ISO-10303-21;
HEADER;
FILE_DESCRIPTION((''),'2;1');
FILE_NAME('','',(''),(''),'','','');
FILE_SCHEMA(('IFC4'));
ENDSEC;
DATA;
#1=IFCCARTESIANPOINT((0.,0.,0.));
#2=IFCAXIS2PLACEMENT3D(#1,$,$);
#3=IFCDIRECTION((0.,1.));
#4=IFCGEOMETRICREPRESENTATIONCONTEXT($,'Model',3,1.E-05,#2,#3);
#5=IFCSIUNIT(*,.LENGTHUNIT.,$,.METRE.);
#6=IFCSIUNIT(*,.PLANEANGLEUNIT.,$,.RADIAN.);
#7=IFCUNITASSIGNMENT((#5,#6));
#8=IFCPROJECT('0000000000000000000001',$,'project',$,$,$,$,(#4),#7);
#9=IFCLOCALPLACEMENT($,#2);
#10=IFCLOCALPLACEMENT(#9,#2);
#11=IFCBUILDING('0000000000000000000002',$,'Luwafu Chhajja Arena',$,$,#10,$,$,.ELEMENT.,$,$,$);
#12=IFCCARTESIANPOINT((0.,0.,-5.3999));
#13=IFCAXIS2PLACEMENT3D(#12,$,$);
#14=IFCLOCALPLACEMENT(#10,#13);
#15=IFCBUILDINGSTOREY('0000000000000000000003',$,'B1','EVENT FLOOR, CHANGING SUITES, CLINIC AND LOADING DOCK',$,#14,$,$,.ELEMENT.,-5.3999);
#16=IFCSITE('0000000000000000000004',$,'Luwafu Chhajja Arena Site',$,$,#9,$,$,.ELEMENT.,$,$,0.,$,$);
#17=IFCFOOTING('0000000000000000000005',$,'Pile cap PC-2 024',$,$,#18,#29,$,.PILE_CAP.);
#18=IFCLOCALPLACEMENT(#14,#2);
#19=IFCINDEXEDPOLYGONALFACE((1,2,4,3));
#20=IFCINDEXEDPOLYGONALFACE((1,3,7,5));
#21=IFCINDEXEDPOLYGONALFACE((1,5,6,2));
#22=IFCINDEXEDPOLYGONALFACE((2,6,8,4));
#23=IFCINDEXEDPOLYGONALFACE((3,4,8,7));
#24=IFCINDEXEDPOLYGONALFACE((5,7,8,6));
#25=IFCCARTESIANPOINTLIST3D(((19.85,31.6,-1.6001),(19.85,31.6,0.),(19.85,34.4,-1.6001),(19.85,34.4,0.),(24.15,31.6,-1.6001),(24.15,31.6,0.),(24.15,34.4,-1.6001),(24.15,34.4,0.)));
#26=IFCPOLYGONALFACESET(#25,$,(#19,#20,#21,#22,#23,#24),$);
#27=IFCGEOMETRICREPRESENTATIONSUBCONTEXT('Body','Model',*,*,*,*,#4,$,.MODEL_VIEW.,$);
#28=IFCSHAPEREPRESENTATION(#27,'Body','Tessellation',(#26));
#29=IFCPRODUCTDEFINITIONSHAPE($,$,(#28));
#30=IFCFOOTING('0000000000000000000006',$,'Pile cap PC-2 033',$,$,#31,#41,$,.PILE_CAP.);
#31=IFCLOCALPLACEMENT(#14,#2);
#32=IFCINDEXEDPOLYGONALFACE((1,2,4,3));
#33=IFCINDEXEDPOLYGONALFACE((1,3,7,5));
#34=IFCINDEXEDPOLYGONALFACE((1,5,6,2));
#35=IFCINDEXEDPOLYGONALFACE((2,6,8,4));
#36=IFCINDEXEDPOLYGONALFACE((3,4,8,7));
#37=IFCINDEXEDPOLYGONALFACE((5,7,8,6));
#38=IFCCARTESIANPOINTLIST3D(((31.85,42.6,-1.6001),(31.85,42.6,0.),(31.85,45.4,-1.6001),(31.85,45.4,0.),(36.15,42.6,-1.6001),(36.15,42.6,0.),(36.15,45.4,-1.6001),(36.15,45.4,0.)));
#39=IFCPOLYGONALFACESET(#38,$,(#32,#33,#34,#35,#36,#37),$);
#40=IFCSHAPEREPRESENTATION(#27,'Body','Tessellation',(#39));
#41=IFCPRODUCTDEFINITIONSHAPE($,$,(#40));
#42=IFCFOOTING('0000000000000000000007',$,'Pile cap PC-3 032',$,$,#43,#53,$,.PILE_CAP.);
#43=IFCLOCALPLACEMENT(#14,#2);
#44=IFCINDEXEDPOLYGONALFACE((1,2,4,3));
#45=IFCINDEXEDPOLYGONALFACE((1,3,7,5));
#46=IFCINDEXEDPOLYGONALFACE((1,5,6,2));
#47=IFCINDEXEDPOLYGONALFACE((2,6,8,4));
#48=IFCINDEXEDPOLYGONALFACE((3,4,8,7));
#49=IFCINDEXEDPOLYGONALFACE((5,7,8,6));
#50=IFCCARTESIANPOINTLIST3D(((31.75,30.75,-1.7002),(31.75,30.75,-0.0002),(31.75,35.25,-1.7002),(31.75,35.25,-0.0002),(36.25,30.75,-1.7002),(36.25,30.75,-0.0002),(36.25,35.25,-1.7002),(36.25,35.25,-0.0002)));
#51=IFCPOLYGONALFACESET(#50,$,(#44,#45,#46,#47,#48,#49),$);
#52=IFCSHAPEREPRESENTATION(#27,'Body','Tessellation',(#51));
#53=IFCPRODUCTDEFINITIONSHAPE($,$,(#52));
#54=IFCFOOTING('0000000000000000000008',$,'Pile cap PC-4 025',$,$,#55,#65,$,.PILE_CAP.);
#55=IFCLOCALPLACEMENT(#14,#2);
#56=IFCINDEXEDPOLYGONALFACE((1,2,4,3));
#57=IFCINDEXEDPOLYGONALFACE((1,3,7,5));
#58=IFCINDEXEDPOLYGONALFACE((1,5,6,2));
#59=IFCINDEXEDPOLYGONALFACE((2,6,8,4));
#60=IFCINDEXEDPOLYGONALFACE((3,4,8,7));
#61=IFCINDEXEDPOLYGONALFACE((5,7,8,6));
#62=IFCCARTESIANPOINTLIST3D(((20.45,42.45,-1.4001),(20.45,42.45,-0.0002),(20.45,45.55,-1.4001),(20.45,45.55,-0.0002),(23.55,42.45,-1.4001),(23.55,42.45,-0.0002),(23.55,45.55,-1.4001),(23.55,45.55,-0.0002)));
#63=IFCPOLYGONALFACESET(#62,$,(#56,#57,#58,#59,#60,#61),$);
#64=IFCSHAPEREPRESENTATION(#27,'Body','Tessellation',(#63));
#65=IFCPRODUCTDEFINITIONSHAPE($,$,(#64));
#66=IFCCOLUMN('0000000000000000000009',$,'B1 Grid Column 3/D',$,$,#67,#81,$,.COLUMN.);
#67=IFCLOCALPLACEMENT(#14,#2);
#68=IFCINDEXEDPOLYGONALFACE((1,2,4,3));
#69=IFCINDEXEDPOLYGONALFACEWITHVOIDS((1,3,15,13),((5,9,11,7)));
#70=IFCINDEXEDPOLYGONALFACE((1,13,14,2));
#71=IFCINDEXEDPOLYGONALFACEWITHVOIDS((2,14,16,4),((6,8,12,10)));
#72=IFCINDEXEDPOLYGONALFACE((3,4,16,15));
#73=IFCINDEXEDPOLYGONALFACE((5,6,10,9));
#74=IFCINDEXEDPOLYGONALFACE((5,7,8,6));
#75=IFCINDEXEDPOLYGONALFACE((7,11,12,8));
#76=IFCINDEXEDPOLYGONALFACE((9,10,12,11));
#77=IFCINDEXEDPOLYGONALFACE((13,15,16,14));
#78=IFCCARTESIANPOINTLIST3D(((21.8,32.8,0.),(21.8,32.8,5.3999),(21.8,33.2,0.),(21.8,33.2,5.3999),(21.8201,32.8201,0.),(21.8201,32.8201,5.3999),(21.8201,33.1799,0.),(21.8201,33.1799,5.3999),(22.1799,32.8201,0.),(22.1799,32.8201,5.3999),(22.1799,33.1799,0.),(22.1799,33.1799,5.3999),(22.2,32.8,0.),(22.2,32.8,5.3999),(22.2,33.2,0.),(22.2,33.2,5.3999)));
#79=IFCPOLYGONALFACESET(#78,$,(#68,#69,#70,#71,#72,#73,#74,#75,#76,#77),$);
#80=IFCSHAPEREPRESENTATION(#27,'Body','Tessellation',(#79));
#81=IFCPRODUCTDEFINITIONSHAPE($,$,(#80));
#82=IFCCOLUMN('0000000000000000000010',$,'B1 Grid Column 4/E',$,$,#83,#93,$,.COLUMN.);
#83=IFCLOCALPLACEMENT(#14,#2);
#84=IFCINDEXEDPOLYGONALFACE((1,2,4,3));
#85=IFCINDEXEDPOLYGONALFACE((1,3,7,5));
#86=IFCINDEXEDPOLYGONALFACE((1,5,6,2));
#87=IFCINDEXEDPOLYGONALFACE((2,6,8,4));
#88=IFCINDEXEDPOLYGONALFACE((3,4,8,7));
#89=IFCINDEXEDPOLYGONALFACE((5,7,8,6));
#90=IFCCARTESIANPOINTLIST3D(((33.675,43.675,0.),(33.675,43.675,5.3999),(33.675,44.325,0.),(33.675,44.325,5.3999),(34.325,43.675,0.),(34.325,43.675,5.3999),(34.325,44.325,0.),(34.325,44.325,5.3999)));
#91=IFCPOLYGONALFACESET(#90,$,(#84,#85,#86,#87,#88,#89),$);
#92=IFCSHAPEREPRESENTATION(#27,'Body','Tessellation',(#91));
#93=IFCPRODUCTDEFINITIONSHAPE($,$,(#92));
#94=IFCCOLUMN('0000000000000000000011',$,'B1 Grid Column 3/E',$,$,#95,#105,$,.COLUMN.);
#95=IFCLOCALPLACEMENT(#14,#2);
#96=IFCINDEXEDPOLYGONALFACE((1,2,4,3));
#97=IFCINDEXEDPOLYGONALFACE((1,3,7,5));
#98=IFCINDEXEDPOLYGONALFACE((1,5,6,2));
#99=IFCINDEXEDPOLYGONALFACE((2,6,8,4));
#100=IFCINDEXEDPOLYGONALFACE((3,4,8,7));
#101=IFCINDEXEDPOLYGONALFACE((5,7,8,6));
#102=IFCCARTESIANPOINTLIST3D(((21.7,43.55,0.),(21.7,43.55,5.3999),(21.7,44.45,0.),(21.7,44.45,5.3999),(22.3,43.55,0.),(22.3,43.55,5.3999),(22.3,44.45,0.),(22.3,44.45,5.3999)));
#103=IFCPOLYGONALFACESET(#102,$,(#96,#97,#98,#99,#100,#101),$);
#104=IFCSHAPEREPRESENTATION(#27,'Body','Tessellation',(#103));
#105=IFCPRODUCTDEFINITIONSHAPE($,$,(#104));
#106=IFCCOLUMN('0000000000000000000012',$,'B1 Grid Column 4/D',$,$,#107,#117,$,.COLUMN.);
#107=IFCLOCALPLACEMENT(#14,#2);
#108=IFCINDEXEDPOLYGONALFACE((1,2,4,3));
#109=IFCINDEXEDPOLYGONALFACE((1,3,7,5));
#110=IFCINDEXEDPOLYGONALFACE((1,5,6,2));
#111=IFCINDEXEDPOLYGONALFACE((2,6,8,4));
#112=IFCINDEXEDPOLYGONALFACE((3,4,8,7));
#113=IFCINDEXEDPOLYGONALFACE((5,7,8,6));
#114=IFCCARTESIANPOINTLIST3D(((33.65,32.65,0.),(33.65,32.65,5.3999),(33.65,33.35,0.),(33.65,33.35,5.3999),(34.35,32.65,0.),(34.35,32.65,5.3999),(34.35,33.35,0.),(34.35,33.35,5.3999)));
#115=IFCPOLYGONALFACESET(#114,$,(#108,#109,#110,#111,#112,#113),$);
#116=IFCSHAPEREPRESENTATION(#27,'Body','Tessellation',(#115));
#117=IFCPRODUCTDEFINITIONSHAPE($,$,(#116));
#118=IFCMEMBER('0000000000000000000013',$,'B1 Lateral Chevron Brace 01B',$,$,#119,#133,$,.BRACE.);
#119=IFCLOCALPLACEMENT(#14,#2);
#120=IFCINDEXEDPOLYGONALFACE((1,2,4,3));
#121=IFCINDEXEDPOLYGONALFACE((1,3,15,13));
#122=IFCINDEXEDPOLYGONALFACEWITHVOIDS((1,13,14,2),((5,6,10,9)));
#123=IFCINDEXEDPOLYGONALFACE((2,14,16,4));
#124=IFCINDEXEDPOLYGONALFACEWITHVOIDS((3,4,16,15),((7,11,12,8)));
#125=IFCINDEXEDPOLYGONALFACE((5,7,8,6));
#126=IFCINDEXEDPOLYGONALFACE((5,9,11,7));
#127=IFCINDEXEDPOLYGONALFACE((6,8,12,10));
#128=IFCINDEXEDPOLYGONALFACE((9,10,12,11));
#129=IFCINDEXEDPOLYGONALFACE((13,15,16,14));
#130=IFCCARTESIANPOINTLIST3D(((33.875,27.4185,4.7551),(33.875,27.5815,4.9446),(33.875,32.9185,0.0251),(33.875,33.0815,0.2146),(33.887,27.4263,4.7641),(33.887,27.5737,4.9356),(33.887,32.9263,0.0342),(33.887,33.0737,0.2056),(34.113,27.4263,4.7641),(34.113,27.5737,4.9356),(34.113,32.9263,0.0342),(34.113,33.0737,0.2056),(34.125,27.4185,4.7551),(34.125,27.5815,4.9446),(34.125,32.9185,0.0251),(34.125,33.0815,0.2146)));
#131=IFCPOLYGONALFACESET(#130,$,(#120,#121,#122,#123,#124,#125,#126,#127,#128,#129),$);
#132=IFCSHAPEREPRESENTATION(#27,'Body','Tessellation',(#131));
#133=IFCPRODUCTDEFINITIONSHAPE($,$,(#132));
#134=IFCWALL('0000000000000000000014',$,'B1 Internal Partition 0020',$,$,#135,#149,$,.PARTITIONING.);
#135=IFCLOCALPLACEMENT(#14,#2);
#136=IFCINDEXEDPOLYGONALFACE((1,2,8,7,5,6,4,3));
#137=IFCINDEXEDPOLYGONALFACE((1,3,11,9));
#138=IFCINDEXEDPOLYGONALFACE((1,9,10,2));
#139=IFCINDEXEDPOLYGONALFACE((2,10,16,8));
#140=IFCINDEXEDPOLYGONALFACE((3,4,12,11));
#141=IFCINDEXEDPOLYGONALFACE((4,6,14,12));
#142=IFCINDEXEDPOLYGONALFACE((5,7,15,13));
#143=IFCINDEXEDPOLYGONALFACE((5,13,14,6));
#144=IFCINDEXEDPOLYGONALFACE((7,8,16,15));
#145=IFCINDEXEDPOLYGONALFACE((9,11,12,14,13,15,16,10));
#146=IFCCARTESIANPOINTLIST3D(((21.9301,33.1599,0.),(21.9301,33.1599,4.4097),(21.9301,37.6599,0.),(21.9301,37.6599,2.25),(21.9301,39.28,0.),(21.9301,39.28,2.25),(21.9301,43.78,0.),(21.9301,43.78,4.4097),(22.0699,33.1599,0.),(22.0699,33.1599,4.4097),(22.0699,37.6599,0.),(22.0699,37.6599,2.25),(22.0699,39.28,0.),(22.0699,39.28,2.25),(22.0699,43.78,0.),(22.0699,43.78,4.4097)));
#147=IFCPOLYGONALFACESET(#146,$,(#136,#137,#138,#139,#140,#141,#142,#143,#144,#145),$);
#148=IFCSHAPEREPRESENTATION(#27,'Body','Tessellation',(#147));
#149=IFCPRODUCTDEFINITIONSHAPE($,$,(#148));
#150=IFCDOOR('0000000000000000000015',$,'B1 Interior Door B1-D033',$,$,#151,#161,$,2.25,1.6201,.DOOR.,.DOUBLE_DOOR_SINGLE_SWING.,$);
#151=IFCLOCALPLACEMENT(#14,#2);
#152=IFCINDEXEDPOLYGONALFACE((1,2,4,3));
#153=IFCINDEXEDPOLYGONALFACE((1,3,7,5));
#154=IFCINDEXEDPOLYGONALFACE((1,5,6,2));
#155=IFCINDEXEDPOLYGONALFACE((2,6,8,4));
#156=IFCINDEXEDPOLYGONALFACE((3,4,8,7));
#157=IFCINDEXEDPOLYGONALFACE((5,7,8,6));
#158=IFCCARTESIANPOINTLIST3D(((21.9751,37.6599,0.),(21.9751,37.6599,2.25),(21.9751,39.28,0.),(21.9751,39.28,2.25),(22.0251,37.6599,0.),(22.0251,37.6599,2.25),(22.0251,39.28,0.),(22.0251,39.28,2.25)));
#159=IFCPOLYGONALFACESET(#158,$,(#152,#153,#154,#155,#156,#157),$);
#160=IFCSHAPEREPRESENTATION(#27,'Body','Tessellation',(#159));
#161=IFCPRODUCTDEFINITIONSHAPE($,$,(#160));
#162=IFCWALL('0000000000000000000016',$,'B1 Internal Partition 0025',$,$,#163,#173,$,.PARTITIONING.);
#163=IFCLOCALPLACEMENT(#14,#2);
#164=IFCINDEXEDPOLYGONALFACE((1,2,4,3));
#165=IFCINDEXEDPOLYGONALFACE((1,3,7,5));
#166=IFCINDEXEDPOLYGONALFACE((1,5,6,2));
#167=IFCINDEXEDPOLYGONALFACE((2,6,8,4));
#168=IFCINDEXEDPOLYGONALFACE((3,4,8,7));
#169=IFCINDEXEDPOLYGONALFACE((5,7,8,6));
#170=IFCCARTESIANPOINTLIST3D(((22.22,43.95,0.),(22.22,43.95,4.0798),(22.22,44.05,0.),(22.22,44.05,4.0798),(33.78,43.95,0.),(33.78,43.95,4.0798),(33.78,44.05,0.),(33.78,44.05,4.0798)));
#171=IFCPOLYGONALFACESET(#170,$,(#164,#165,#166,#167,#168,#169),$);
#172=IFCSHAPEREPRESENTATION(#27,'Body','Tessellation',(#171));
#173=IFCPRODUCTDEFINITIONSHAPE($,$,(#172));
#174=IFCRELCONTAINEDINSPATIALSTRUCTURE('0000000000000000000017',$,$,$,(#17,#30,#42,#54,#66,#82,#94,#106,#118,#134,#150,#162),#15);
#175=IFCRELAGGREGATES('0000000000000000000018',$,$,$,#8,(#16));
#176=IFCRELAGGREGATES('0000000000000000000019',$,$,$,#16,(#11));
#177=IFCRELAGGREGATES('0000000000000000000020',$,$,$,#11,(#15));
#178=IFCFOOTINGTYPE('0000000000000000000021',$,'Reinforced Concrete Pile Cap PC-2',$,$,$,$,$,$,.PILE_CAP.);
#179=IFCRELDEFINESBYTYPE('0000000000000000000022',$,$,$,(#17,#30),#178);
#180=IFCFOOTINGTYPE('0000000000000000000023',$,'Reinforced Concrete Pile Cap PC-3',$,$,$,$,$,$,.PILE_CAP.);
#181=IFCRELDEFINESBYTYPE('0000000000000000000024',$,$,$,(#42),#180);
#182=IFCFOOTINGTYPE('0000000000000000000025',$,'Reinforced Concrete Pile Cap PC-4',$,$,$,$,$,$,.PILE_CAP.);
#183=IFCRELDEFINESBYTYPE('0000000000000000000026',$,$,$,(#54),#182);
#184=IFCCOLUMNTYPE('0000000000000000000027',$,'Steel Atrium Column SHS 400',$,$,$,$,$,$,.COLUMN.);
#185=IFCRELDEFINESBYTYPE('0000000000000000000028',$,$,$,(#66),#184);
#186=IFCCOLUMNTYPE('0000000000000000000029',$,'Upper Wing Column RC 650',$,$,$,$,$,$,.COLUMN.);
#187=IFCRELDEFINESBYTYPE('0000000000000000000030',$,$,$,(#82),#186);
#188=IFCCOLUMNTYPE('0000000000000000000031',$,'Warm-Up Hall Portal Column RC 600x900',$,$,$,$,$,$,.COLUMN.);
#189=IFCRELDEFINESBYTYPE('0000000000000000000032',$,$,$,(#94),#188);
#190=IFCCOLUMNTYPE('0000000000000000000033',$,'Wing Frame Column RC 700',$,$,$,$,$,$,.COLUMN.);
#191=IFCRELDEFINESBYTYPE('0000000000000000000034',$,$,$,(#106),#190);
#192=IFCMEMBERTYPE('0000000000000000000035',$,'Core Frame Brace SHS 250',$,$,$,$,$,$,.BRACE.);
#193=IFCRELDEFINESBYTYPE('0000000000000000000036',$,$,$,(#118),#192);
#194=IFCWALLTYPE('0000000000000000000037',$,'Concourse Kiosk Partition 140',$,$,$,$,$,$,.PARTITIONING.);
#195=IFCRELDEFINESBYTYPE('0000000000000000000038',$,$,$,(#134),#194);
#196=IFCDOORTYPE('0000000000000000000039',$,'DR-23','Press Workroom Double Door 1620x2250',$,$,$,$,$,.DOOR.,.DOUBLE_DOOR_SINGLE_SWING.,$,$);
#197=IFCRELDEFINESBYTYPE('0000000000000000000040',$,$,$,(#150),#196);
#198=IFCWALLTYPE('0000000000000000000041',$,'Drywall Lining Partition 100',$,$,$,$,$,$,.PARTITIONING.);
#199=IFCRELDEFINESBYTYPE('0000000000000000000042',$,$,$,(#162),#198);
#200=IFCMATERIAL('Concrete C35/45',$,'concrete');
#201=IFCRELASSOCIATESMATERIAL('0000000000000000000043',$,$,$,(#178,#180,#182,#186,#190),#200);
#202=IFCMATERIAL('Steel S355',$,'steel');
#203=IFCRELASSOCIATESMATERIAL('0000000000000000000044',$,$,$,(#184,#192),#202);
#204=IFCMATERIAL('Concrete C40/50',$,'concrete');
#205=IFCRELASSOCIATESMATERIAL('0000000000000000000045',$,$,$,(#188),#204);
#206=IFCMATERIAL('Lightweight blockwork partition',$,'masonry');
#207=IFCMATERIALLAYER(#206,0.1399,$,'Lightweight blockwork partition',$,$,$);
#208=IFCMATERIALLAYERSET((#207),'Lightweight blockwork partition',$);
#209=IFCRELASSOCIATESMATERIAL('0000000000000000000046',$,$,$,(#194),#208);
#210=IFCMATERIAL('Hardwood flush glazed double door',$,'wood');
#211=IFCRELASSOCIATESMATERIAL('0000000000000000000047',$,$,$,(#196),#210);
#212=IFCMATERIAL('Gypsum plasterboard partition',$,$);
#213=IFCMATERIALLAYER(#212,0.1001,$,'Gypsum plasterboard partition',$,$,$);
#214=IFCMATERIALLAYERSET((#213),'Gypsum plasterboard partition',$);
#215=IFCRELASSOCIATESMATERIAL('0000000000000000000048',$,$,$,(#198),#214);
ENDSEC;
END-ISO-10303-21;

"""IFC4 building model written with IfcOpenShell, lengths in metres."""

from ifc_helpers import new_model, si_unit, direction, frame, frame_2d, origin, origin_2d, place, context, subcontext, project, spatial, rectangle, hollow_rectangle, extrude, material, layer, layer_set, material_profile, profile_set, type_object, element, fill, save


model = new_model("IFC4")

# Units and contexts
model_context = context("Model", 3, precision=1e-05, world=origin(), true_north=direction((0.0, 1.0)))
body_context = subcontext(model_context, "Body", "Model", "MODEL_VIEW")
ifc_project = project(units=[si_unit("LENGTHUNIT", "METRE"), si_unit("PLANEANGLEUNIT", "RADIAN")], contexts=[model_context])

# Site, building, storey
site_placement = place(None, origin())
site = spatial("IfcSite", under=ifc_project, at=site_placement, Name="Luwafu Chhajja Arena Site", CompositionType="ELEMENT", RefElevation=0.0)
building_placement = place(site_placement, origin())
building = spatial("IfcBuilding", under=site, at=building_placement, Name="Luwafu Chhajja Arena", CompositionType="ELEMENT")
storey_placement = place(building_placement, frame((0.0, 0.0, -5.3999)))
storey = spatial("IfcBuildingStorey", under=building, at=storey_placement, Name="B1", Description="EVENT FLOOR, CHANGING SUITES, CLINIC AND LOADING DOCK", CompositionType="ELEMENT", Elevation=-5.3999)

# Shared definitions
ifc_material_1 = material(Name="Concrete C35/45", Category="concrete")

# Footings
footing_type_1 = type_object("IfcFootingType", Name="Reinforced Concrete Pile Cap PC-2", PredefinedType="PILE_CAP", material=ifc_material_1)
for number, where, z_axis, x_axis, name in (
    (1, (22.0, 33.0, -1.6001), (0.0, 0.0, 1.0), (1.0, 0.0, 0.0), "Pile cap PC-2 024"),
    (2, (34.0, 44.0, -1.6001), (0.0, 0.0, 1.0), (1.0, 0.0, 0.0), "Pile cap PC-2 033"),
):
    element("IfcFooting", number, at=place(storey_placement, frame(where, z_axis=z_axis, x_axis=x_axis)), inside=storey, type_object=footing_type_1, Name=name, PredefinedType="PILE_CAP", context=body_context, shape_type="SweptSolid", body=[
        extrude(rectangle(XDim=4.3, YDim=2.8, at=origin_2d()), origin(), (0.0, 0.0, 1.0), 1.6001),
    ])
footing_type_2 = type_object("IfcFootingType", Name="Reinforced Concrete Pile Cap PC-3", PredefinedType="PILE_CAP", material=ifc_material_1)
footing_1_placement = place(storey_placement, frame((34.0, 33.0, -1.7002), z_axis=(0.0, 0.0, 1.0), x_axis=(1.0, 0.0, 0.0)))
element("IfcFooting", 3, at=footing_1_placement, inside=storey, type_object=footing_type_2, Name="Pile cap PC-3 032", PredefinedType="PILE_CAP", context=body_context, shape_type="SweptSolid", body=[
    extrude(rectangle(XDim=4.5, YDim=4.5, at=origin_2d()), origin(), (0.0, 0.0, 1.0), 1.7),
])
footing_type_3 = type_object("IfcFootingType", Name="Reinforced Concrete Pile Cap PC-4", PredefinedType="PILE_CAP", material=ifc_material_1)
footing_2_placement = place(storey_placement, frame((22.0, 44.0, -1.4001), z_axis=(0.0, 0.0, 1.0), x_axis=(1.0, 0.0, 0.0)))
element("IfcFooting", 4, at=footing_2_placement, inside=storey, type_object=footing_type_3, Name="Pile cap PC-4 025", PredefinedType="PILE_CAP", context=body_context, shape_type="SweptSolid", body=[
    extrude(rectangle(XDim=3.1001, YDim=3.1001, at=origin_2d()), origin(), (0.0, 0.0, 1.0), 1.3999),
])

# Columns
ifc_material_2 = material(Name="Steel S355", Category="steel")
ifc_material_profile_1 = material_profile(ifc_material_2, hollow_rectangle(XDim=0.3999, YDim=0.3999, WallThickness=0.02, at=origin_2d()), Name="SHS 400x400x20")
ifc_profile_set_1 = profile_set([ifc_material_profile_1], Name="Steel S355")
column_type_1 = type_object("IfcColumnType", Name="Steel Atrium Column SHS 400", PredefinedType="COLUMN", material=ifc_profile_set_1)
column_1_placement = place(storey_placement, frame((22.0, 33.0, 0.0), z_axis=(0.0, 0.0, 1.0), x_axis=(1.0, 0.0, 0.0)))
element("IfcColumn", 5, at=column_1_placement, inside=storey, type_object=column_type_1, Name="B1 Grid Column 3/D", PredefinedType="COLUMN", context=body_context, shape_type="SweptSolid", body=[
    extrude(hollow_rectangle(XDim=0.3999, YDim=0.3999, WallThickness=0.02, at=origin_2d()), origin(), (0.0, 0.0, 1.0), 5.3999),
])
ifc_material_profile_2 = material_profile(ifc_material_1, rectangle(XDim=0.6499, YDim=0.6499, at=origin_2d()), Name="RC 650x650")
ifc_profile_set_2 = profile_set([ifc_material_profile_2], Name="Concrete C35/45")
column_type_2 = type_object("IfcColumnType", Name="Upper Wing Column RC 650", PredefinedType="COLUMN", material=ifc_profile_set_2)
column_2_placement = place(storey_placement, frame((34.0, 44.0, 0.0), z_axis=(0.0, 0.0, 1.0), x_axis=(1.0, 0.0, 0.0)))
element("IfcColumn", 6, at=column_2_placement, inside=storey, type_object=column_type_2, Name="B1 Grid Column 4/E", PredefinedType="COLUMN", context=body_context, shape_type="SweptSolid", body=[
    extrude(rectangle(XDim=0.6499, YDim=0.6499, at=origin_2d()), origin(), (0.0, 0.0, 1.0), 5.3999),
])
ifc_material_3 = material(Name="Concrete C40/50", Category="concrete")
ifc_material_profile_3 = material_profile(ifc_material_3, rectangle(XDim=0.6001, YDim=0.8999, at=origin_2d()), Name="RC 600x900")
ifc_profile_set_3 = profile_set([ifc_material_profile_3], Name="Concrete C40/50")
column_type_3 = type_object("IfcColumnType", Name="Warm-Up Hall Portal Column RC 600x900", PredefinedType="COLUMN", material=ifc_profile_set_3)
column_3_placement = place(storey_placement, frame((22.0, 44.0, 0.0), z_axis=(0.0, 0.0, 1.0), x_axis=(1.0, 0.0, 0.0)))
element("IfcColumn", 7, at=column_3_placement, inside=storey, type_object=column_type_3, Name="B1 Grid Column 3/E", PredefinedType="COLUMN", context=body_context, shape_type="SweptSolid", body=[
    extrude(rectangle(XDim=0.6001, YDim=0.8999, at=origin_2d()), origin(), (0.0, 0.0, 1.0), 5.3999),
])
ifc_material_profile_4 = material_profile(ifc_material_1, rectangle(XDim=0.7, YDim=0.7, at=origin_2d()), Name="RC 700x700")
ifc_profile_set_4 = profile_set([ifc_material_profile_4], Name="Concrete C35/45")
column_type_4 = type_object("IfcColumnType", Name="Wing Frame Column RC 700", PredefinedType="COLUMN", material=ifc_profile_set_4)
column_4_placement = place(storey_placement, frame((34.0, 33.0, 0.0), z_axis=(0.0, 0.0, 1.0), x_axis=(1.0, 0.0, 0.0)))
element("IfcColumn", 8, at=column_4_placement, inside=storey, type_object=column_type_4, Name="B1 Grid Column 4/D", PredefinedType="COLUMN", context=body_context, shape_type="SweptSolid", body=[
    extrude(rectangle(XDim=0.7, YDim=0.7, at=origin_2d()), origin(), (0.0, 0.0, 1.0), 5.3999),
])

# Member
ifc_material_profile_5 = material_profile(ifc_material_2, hollow_rectangle(XDim=0.25, YDim=0.25, WallThickness=0.012, at=origin_2d()), Name="SHS 250x250x12")
ifc_profile_set_5 = profile_set([ifc_material_profile_5], Name="Steel S355")
member_type = type_object("IfcMemberType", Name="Core Frame Brace SHS 250", PredefinedType="BRACE", material=ifc_profile_set_5)
member_placement = place(storey_placement, frame((34.0, 33.0, 0.1199), z_axis=(0.0, -0.758187, 0.652038), x_axis=(1.0, 0.0, 0.0)))
element("IfcMember", 9, at=member_placement, inside=storey, type_object=member_type, Name="B1 Lateral Chevron Brace 01B", PredefinedType="BRACE", context=body_context, shape_type="SweptSolid", body=[
    extrude(hollow_rectangle(XDim=0.25, YDim=0.25, WallThickness=0.012, at=origin_2d()), origin(), (0.0, 0.0, 1.0), 7.2542),
])

# Wall, opening, door
ifc_material_4 = material(Name="Lightweight blockwork partition", Category="masonry")
ifc_layer_1 = layer(ifc_material_4, 0.1399, Name="Lightweight blockwork partition")
ifc_layer_set_1 = layer_set([ifc_layer_1], Name="Lightweight blockwork partition")
wall_type_1 = type_object("IfcWallType", Name="Concourse Kiosk Partition 140", PredefinedType="PARTITIONING", material=ifc_layer_set_1)
wall_1_placement = place(storey_placement, frame((22.0, 33.1599, 0.0), z_axis=(0.0, 0.0, 1.0), x_axis=(0.0, 1.0, 0.0)))
wall_1 = element("IfcWall", 10, at=wall_1_placement, inside=storey, type_object=wall_type_1, Name="B1 Internal Partition 0020", PredefinedType="PARTITIONING", context=body_context, shape_type="SweptSolid", body=[
    extrude(rectangle(XDim=10.6201, YDim=0.1399, at=frame_2d((5.3101, 0.0))), origin(), (0.0, 0.0, 1.0), 4.4097),
])
opening_placement = place(wall_1_placement, frame((4.5, 0.0, 0.0)))
opening = element("IfcOpeningElement", 11, at=opening_placement, cuts=wall_1, PredefinedType="OPENING", context=body_context, shape_type="SweptSolid", body=[
    extrude(rectangle(XDim=1.6201, YDim=2.25, at=frame_2d((0.8101, 1.125))), frame((0.0, 0.0798, 0.0), z_axis=(0.0, -1.0, 0.0), x_axis=(1.0, 0.0, 0.0)), (0.0, 0.0, 1.0), 0.1599),
])
ifc_material_5 = material(Name="Hardwood flush glazed double door", Category="wood")
door_type = type_object("IfcDoorType", Name="DR-23", Description="Press Workroom Double Door 1620x2250", OperationType="DOUBLE_DOOR_SINGLE_SWING", PredefinedType="DOOR", material=ifc_material_5)
door_placement = place(opening_placement, origin())
door = element("IfcDoor", 12, at=door_placement, inside=storey, type_object=door_type, Name="B1 Interior Door B1-D033", OperationType="DOUBLE_DOOR_SINGLE_SWING", OverallHeight=2.25, OverallWidth=1.6201, PredefinedType="DOOR", context=body_context, shape_type="SweptSolid", body=[
    extrude(rectangle(XDim=1.6201, YDim=2.25, at=frame_2d((0.8101, 1.125))), frame((0.0, 0.0249, 0.0), z_axis=(0.0, -1.0, 0.0), x_axis=(1.0, 0.0, 0.0)), (0.0, 0.0, 1.0), 0.05),
])
fill(opening, door)

# Wall
ifc_material_6 = material(Name="Gypsum plasterboard partition")
ifc_layer_2 = layer(ifc_material_6, 0.1001, Name="Gypsum plasterboard partition")
ifc_layer_set_2 = layer_set([ifc_layer_2], Name="Gypsum plasterboard partition")
wall_type_2 = type_object("IfcWallType", Name="Drywall Lining Partition 100", PredefinedType="PARTITIONING", material=ifc_layer_set_2)
wall_2_placement = place(storey_placement, frame((22.22, 44.0, 0.0), z_axis=(0.0, 0.0, 1.0), x_axis=(1.0, 0.0, 0.0)))
element("IfcWall", 13, at=wall_2_placement, inside=storey, type_object=wall_type_2, Name="B1 Internal Partition 0025", PredefinedType="PARTITIONING", context=body_context, shape_type="SweptSolid", body=[
    extrude(rectangle(XDim=11.5601, YDim=0.1001, at=frame_2d((5.78, 0.0))), origin(), (0.0, 0.0, 1.0), 4.0798),
])

save(model, "model.ifc")
